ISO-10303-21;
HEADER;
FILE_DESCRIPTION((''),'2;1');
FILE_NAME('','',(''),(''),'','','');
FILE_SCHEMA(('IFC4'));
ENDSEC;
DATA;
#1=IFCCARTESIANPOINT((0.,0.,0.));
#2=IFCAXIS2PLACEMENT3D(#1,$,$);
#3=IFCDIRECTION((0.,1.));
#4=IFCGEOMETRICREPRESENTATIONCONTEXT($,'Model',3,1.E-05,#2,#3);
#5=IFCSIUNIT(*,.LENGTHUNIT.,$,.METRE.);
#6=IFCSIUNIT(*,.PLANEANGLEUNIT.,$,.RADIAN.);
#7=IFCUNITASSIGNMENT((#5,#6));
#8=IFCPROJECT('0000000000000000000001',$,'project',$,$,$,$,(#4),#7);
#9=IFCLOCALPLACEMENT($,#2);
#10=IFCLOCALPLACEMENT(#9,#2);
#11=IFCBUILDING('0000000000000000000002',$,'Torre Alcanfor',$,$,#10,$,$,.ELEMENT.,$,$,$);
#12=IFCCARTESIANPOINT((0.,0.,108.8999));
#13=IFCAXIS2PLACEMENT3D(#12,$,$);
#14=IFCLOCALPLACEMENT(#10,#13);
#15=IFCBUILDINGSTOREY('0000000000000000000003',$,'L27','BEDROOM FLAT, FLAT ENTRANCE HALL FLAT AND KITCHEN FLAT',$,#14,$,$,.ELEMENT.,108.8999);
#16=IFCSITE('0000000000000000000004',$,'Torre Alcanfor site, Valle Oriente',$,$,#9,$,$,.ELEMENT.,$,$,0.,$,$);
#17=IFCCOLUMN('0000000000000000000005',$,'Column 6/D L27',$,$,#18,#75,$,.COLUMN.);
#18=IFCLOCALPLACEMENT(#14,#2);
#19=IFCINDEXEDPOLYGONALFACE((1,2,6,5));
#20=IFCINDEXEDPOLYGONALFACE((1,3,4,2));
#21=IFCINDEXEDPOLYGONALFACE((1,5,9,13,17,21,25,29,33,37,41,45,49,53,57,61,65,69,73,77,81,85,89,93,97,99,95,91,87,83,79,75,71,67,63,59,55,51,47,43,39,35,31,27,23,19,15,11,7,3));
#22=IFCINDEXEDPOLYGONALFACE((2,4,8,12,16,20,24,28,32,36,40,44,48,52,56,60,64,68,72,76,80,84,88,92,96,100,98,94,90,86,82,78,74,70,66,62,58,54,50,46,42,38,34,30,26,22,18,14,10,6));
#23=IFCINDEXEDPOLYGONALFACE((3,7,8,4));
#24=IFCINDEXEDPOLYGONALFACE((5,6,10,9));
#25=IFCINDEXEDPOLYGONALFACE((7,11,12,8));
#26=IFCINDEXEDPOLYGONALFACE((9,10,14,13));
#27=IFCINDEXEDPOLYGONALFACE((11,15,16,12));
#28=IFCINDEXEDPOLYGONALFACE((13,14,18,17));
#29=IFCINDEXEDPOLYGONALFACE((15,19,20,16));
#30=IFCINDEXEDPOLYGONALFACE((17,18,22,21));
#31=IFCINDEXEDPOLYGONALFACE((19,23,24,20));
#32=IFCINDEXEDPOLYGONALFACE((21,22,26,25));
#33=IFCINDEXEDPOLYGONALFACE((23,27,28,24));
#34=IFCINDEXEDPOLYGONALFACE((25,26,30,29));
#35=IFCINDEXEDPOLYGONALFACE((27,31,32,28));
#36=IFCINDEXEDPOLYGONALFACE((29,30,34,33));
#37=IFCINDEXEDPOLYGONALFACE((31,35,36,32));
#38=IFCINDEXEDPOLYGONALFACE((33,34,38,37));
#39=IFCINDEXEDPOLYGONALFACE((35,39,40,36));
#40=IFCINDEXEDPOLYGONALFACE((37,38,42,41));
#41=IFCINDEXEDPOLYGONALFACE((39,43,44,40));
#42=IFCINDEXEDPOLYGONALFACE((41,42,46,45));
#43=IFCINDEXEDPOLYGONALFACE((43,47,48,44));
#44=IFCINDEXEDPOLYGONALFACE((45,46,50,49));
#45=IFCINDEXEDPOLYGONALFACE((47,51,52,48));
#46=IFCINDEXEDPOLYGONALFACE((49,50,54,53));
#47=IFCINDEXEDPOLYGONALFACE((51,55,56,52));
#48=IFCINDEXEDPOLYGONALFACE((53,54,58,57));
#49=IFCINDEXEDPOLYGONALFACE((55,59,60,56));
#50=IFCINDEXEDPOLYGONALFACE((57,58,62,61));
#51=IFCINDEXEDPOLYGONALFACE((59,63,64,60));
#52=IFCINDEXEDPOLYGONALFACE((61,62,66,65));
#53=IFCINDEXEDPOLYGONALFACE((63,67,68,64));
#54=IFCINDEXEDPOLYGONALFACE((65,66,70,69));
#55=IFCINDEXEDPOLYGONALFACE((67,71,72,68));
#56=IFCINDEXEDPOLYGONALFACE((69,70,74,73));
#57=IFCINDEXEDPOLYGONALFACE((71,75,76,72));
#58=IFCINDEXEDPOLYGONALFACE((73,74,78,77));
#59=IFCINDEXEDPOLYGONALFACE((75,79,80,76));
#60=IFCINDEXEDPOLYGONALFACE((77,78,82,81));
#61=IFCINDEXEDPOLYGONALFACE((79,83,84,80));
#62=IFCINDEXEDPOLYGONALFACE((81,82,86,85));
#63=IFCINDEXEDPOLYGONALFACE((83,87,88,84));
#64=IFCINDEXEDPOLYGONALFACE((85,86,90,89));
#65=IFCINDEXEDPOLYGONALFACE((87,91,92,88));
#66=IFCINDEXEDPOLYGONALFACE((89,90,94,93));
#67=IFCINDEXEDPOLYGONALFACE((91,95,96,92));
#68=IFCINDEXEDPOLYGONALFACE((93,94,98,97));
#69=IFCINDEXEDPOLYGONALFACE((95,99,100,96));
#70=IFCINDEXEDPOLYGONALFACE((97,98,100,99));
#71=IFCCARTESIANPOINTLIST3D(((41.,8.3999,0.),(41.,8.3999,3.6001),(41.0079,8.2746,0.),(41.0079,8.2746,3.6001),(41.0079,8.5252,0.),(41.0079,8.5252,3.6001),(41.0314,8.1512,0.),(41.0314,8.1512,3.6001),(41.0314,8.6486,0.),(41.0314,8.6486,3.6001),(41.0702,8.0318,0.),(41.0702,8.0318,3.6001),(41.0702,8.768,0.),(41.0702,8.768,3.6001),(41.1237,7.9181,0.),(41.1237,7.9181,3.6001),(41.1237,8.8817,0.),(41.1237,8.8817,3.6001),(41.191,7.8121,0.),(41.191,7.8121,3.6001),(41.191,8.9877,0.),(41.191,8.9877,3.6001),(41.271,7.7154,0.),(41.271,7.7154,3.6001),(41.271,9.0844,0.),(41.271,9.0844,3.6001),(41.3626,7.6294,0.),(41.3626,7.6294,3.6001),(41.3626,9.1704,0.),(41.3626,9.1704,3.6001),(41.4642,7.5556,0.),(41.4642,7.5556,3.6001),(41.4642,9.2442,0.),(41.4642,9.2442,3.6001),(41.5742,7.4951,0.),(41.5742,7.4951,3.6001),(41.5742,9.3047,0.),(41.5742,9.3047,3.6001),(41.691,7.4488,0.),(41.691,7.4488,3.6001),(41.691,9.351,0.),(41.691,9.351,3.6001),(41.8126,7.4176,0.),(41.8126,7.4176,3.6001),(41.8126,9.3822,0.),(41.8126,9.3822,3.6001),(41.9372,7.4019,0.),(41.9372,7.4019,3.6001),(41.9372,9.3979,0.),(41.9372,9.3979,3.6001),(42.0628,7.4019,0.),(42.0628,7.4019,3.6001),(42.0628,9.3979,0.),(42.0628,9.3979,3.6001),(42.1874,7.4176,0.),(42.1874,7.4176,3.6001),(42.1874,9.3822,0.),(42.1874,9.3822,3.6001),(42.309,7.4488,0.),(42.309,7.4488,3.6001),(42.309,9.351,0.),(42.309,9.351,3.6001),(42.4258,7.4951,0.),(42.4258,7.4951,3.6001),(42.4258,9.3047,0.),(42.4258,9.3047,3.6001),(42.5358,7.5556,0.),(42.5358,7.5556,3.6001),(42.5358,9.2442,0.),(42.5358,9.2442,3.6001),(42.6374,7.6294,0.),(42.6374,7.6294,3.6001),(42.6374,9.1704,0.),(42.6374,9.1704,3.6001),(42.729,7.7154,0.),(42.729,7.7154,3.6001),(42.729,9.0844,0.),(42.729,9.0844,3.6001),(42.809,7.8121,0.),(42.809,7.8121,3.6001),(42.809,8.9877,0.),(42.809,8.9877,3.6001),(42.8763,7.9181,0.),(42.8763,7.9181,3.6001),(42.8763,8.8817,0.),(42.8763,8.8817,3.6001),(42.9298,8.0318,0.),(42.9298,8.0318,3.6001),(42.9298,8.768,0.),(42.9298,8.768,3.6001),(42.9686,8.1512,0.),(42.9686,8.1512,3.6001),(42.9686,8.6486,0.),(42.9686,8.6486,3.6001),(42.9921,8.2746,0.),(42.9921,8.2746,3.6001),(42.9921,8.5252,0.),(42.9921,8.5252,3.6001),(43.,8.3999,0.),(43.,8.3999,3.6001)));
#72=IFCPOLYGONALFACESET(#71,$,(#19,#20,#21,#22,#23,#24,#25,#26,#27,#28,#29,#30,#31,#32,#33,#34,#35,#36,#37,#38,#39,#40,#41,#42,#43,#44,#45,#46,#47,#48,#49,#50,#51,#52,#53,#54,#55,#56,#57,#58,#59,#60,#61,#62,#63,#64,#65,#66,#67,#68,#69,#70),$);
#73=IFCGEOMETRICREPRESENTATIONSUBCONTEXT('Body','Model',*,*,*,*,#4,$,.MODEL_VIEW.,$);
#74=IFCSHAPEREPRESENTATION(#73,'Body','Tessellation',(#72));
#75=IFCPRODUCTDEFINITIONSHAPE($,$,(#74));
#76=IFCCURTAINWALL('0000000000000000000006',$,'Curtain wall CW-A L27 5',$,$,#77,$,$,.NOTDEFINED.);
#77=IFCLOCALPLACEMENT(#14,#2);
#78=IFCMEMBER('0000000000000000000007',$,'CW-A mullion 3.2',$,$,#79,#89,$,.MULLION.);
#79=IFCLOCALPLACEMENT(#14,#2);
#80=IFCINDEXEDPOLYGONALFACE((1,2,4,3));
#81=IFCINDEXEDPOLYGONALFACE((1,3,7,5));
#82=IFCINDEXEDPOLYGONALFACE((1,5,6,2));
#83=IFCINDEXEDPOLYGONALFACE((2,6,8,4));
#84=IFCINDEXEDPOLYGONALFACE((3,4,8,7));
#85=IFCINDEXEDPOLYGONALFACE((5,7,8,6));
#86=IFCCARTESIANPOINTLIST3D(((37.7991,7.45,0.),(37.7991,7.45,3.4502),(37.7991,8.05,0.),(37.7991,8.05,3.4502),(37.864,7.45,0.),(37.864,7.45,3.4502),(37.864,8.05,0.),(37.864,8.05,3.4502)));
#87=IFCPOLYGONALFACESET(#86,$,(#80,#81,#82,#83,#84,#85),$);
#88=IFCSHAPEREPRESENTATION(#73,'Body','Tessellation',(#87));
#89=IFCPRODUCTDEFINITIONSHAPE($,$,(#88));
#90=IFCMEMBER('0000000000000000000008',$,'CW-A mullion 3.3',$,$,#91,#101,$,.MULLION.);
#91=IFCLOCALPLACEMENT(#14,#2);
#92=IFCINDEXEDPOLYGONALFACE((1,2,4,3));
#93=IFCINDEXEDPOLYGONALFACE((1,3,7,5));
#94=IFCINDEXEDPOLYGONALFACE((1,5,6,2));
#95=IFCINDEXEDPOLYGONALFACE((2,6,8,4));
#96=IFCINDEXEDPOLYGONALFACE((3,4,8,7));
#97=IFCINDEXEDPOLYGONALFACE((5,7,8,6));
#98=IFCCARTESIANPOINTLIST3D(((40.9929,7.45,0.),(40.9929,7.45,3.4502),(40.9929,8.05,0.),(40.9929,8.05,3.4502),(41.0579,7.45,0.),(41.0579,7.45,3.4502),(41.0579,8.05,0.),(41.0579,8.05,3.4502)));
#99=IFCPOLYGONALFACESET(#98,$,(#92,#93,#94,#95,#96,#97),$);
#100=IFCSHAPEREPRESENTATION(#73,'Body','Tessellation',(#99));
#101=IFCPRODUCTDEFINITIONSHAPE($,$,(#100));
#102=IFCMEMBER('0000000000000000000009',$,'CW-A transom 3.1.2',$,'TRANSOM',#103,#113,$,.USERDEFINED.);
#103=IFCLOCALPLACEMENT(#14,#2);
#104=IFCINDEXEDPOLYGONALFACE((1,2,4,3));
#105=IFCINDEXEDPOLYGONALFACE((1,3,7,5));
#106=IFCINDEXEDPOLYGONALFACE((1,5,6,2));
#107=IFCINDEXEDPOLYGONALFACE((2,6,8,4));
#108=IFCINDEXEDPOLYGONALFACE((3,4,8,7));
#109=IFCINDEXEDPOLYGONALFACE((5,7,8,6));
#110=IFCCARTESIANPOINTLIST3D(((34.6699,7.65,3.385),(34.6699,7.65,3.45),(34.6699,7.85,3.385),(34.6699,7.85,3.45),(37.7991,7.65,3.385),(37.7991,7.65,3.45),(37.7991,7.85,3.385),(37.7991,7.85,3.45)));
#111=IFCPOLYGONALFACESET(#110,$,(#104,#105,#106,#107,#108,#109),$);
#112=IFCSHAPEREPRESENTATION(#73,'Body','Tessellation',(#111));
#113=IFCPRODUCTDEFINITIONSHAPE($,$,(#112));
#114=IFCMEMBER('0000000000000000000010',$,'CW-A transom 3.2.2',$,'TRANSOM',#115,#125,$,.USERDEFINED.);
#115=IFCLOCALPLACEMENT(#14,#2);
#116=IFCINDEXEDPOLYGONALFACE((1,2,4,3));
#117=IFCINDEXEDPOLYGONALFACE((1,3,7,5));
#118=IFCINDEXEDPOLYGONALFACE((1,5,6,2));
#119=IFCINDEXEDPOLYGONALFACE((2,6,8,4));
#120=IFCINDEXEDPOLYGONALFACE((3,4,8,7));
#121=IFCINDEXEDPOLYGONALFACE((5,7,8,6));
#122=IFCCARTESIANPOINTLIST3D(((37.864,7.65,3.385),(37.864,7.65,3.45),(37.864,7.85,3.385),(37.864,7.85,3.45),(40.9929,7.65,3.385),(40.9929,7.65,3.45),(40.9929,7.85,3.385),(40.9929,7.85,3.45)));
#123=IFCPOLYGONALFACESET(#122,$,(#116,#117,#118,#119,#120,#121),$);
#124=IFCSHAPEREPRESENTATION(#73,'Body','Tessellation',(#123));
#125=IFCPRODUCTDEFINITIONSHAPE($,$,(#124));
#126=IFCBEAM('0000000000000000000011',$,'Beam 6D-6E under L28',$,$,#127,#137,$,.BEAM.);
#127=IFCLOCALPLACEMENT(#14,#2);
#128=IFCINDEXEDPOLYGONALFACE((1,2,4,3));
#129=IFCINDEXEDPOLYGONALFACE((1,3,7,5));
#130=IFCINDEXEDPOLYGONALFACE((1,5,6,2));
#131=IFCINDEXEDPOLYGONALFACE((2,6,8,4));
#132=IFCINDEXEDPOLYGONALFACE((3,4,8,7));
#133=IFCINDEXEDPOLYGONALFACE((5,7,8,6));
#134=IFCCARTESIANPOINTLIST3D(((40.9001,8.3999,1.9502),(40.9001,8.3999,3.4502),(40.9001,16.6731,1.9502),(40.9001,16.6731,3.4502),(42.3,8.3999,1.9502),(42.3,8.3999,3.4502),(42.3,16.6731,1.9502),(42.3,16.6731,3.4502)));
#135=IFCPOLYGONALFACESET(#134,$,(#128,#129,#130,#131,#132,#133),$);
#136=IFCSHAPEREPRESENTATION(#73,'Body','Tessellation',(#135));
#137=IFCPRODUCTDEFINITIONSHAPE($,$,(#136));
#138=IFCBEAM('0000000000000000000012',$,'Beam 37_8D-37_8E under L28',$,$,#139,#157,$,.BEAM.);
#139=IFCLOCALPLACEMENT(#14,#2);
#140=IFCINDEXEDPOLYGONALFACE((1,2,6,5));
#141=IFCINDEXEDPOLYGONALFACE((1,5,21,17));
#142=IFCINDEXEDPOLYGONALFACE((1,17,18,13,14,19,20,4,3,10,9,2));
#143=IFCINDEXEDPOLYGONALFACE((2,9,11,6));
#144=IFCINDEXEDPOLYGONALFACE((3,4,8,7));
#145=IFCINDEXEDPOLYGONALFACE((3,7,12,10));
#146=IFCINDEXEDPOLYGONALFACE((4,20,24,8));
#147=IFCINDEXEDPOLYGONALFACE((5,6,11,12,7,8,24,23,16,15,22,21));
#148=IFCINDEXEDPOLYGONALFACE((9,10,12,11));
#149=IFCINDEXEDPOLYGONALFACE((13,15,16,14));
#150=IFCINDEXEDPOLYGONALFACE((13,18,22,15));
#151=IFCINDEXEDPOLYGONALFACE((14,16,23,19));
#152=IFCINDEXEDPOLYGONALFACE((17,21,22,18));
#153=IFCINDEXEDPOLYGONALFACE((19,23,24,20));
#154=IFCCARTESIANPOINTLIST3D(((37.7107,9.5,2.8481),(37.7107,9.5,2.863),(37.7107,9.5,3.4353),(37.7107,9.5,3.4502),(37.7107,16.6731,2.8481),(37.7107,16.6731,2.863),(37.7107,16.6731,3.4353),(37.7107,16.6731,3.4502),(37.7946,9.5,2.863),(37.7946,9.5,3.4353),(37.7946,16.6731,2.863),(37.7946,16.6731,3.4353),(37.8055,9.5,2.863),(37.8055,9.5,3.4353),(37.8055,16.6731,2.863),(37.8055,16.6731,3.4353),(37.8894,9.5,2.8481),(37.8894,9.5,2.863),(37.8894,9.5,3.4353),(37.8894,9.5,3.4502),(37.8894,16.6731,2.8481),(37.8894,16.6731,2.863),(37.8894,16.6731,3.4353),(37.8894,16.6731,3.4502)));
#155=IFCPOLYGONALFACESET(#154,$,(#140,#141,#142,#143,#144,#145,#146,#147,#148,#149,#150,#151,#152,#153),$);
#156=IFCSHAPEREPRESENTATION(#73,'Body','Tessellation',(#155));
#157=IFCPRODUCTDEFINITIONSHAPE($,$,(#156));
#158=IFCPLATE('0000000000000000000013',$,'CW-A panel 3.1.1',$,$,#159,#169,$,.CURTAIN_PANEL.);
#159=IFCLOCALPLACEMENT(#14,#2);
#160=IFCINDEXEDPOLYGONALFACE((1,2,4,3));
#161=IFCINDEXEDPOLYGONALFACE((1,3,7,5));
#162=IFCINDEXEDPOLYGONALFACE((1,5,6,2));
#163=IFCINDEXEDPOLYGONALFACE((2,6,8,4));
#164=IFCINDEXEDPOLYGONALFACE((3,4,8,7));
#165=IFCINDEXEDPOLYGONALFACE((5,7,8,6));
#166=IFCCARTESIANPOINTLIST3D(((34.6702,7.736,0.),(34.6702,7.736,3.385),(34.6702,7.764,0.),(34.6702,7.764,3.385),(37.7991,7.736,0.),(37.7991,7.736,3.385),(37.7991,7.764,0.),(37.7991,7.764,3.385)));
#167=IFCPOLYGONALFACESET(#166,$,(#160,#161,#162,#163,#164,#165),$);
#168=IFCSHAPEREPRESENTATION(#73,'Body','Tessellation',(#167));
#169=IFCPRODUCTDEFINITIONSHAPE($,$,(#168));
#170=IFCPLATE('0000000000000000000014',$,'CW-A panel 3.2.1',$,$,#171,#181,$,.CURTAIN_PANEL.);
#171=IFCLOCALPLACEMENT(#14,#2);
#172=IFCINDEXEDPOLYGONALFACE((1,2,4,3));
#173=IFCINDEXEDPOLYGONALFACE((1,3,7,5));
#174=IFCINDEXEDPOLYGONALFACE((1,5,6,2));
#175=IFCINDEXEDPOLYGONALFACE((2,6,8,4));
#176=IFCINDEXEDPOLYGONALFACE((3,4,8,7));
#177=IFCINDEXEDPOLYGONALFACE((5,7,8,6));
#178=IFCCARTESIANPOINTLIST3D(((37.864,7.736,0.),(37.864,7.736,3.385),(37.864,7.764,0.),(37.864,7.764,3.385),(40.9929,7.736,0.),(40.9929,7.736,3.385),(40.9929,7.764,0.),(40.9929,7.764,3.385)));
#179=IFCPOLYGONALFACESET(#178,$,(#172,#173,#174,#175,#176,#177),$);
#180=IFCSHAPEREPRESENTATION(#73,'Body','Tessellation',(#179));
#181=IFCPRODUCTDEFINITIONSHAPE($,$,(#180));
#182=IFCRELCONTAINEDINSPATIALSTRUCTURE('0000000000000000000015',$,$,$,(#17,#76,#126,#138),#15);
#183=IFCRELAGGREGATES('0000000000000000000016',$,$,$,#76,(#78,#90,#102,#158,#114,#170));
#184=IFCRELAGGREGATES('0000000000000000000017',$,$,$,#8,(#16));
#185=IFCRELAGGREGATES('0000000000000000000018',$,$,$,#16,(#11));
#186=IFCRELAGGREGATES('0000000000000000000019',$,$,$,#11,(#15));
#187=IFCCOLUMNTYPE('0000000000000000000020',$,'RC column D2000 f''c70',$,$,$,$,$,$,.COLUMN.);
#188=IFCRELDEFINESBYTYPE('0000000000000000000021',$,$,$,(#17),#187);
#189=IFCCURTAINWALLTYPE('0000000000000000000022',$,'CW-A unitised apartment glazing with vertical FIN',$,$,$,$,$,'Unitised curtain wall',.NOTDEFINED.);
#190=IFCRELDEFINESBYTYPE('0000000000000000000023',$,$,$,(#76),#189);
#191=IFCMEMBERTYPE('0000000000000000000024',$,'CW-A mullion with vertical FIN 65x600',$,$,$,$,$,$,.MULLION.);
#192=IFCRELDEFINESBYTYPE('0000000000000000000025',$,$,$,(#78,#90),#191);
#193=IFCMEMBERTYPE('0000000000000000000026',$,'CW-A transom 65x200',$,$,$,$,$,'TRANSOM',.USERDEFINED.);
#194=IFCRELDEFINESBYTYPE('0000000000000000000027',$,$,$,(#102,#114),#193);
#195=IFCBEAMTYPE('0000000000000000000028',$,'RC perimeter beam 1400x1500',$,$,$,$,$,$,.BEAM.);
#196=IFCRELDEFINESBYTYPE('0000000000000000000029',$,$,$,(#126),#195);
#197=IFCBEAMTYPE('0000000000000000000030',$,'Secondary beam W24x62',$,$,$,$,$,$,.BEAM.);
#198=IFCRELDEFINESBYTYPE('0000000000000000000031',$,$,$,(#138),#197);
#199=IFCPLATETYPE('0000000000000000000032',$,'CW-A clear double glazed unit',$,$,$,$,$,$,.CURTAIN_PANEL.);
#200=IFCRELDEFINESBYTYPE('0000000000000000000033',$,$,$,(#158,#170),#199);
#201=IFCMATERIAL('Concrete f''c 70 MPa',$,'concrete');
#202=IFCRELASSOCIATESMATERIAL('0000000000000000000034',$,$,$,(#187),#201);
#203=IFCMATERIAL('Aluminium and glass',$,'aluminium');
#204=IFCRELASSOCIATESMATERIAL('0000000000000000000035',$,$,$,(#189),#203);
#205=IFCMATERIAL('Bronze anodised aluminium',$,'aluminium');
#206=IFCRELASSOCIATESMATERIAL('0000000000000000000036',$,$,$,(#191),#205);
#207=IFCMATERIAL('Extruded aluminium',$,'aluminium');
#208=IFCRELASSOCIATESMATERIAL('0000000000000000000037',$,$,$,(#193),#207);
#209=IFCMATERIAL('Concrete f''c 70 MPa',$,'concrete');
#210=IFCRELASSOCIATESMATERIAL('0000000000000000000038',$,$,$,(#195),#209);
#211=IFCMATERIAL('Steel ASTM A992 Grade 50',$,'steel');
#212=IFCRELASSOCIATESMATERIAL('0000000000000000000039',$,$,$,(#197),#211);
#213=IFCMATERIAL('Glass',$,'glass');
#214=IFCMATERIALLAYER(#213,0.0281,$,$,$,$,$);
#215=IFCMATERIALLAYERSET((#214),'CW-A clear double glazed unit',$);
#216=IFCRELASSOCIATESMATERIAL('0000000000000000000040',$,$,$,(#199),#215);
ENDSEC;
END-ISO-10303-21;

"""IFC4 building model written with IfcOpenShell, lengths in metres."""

from ifc_helpers import new_model, si_unit, direction, frame, origin, origin_2d, place, context, subcontext, project, spatial, rectangle, circle, i_section, extrude, material, layer, layer_set, material_profile, profile_set, type_object, element, aggregate, save


model = new_model("IFC4")

# Units and contexts
model_context = context("Model", 3, precision=1e-05, world=origin(), true_north=direction((0.0, 1.0)))
body_context = subcontext(model_context, "Body", "Model", "MODEL_VIEW")
ifc_project = project(units=[si_unit("LENGTHUNIT", "METRE"), si_unit("PLANEANGLEUNIT", "RADIAN")], contexts=[model_context])

# Site, building, storey
site_placement = place(None, origin())
site = spatial("IfcSite", under=ifc_project, at=site_placement, Name="Torre Alcanfor site, Valle Oriente", CompositionType="ELEMENT", RefElevation=0.0)
building_placement = place(site_placement, origin())
building = spatial("IfcBuilding", under=site, at=building_placement, Name="Torre Alcanfor", CompositionType="ELEMENT")
storey_placement = place(building_placement, frame((0.0, 0.0, 108.8999)))
storey = spatial("IfcBuildingStorey", under=building, at=storey_placement, Name="L27", Description="BEDROOM FLAT, FLAT ENTRANCE HALL FLAT AND KITCHEN FLAT", CompositionType="ELEMENT", Elevation=108.8999)

# Column
ifc_material_1 = material(Name="Concrete f'c 70 MPa", Category="concrete")
ifc_material_profile_1 = material_profile(ifc_material_1, circle(Radius=1.0, at=origin_2d()), Name="D2000")
ifc_profile_set_1 = profile_set([ifc_material_profile_1], Name="Concrete f'c 70 MPa")
column_type = type_object("IfcColumnType", Name="RC column D2000 f'c70", PredefinedType="COLUMN", material=ifc_profile_set_1)
column_placement = place(storey_placement, frame((42.0, 8.3999, 0.0), z_axis=(0.0, 0.0, 1.0), x_axis=(1.0, 0.0, 0.0)))
element("IfcColumn", 1, at=column_placement, inside=storey, type_object=column_type, Name="Column 6/D L27", PredefinedType="COLUMN", context=body_context, shape_type="SweptSolid", body=[
    extrude(circle(Radius=1.0, at=origin_2d()), origin(), (0.0, 0.0, 1.0), 3.6001),
])

# Curtain wall, members
ifc_material_2 = material(Name="Aluminium and glass", Category="aluminium")
curtain_wall_type = type_object("IfcCurtainWallType", Name="CW-A unitised apartment glazing with vertical FIN", ElementType="Unitised curtain wall", PredefinedType="NOTDEFINED", material=ifc_material_2)
curtain_wall_placement = place(storey_placement, origin())
curtain_wall = element("IfcCurtainWall", 2, at=curtain_wall_placement, inside=storey, type_object=curtain_wall_type, Name="Curtain wall CW-A L27 5", PredefinedType="NOTDEFINED")
ifc_material_3 = material(Name="Bronze anodised aluminium", Category="aluminium")
ifc_material_profile_2 = material_profile(ifc_material_3, rectangle(XDim=0.6001, YDim=0.0649, at=origin_2d()), Name="CW-A mullion 65x600")
ifc_profile_set_2 = profile_set([ifc_material_profile_2], Name="Bronze anodised aluminium")
member_type_1 = type_object("IfcMemberType", Name="CW-A mullion with vertical FIN 65x600", PredefinedType="MULLION", material=ifc_profile_set_2)
member_1_placement = place(storey_placement, frame((37.8315, 7.75, 0.0), z_axis=(0.0, 0.0, 1.0), x_axis=(0.0, 1.0, 0.0)))
member_1 = element("IfcMember", 3, at=member_1_placement, type_object=member_type_1, Name="CW-A mullion 3.2", PredefinedType="MULLION", context=body_context, shape_type="SweptSolid", body=[
    extrude(rectangle(XDim=0.6001, YDim=0.0649, at=origin_2d()), origin(), (0.0, 0.0, 1.0), 3.4502),
])
member_2_placement = place(storey_placement, frame((41.0254, 7.75, 0.0), z_axis=(0.0, 0.0, 1.0), x_axis=(0.0, 1.0, 0.0)))
member_2 = element("IfcMember", 4, at=member_2_placement, type_object=member_type_1, Name="CW-A mullion 3.3", PredefinedType="MULLION", context=body_context, shape_type="SweptSolid", body=[
    extrude(rectangle(XDim=0.6001, YDim=0.0649, at=origin_2d()), origin(), (0.0, 0.0, 1.0), 3.4502),
])
ifc_material_4 = material(Name="Extruded aluminium", Category="aluminium")
ifc_material_profile_3 = material_profile(ifc_material_4, rectangle(XDim=0.2, YDim=0.0649, at=origin_2d()), Name="CW-A transom 200x65")
ifc_profile_set_3 = profile_set([ifc_material_profile_3], Name="Extruded aluminium")
member_type_2 = type_object("IfcMemberType", Name="CW-A transom 65x200", ElementType="TRANSOM", PredefinedType="USERDEFINED", material=ifc_profile_set_3)
member_3_placement = place(storey_placement, frame((34.6699, 7.75, 3.4175), z_axis=(1.0, 0.0, 0.0), x_axis=(0.0, 1.0, 0.0)))
member_3 = element("IfcMember", 5, at=member_3_placement, type_object=member_type_2, Name="CW-A transom 3.1.2", ObjectType="TRANSOM", PredefinedType="USERDEFINED", context=body_context, shape_type="SweptSolid", body=[
    extrude(rectangle(XDim=0.2, YDim=0.0649, at=origin_2d()), origin(), (0.0, 0.0, 1.0), 3.1292),
])
member_4_placement = place(storey_placement, frame((37.864, 7.75, 3.4175), z_axis=(1.0, 0.0, 0.0), x_axis=(0.0, 1.0, 0.0)))
member_4 = element("IfcMember", 6, at=member_4_placement, type_object=member_type_2, Name="CW-A transom 3.2.2", ObjectType="TRANSOM", PredefinedType="USERDEFINED", context=body_context, shape_type="SweptSolid", body=[
    extrude(rectangle(XDim=0.2, YDim=0.0649, at=origin_2d()), origin(), (0.0, 0.0, 1.0), 3.1289),
])

# Beams
ifc_material_5 = material(Name="Concrete f'c 70 MPa", Category="concrete")
ifc_material_profile_4 = material_profile(ifc_material_5, rectangle(XDim=1.3999, YDim=1.5, at=origin_2d()), Name="1400x1500")
ifc_profile_set_4 = profile_set([ifc_material_profile_4], Name="Concrete f'c 70 MPa")
beam_type_1 = type_object("IfcBeamType", Name="RC perimeter beam 1400x1500", PredefinedType="BEAM", material=ifc_profile_set_4)
beam_1_placement = place(storey_placement, frame((41.6001, 8.3999, 2.7002), z_axis=(0.0, 1.0, 0.0), x_axis=(-1.0, 0.0, 0.0)))
element("IfcBeam", 7, at=beam_1_placement, inside=storey, type_object=beam_type_1, Name="Beam 6D-6E under L28", PredefinedType="BEAM", context=body_context, shape_type="SweptSolid", body=[
    extrude(rectangle(XDim=1.3999, YDim=1.5, at=origin_2d()), origin(), (0.0, 0.0, 1.0), 8.2732),
])
ifc_material_6 = material(Name="Steel ASTM A992 Grade 50", Category="steel")
ifc_material_profile_5 = material_profile(ifc_material_6, i_section(OverallWidth=0.1787, OverallDepth=0.6021, WebThickness=0.011, FlangeThickness=0.0149, at=origin_2d()), Name="W24x62")
ifc_profile_set_5 = profile_set([ifc_material_profile_5], Name="Steel ASTM A992 Grade 50")
beam_type_2 = type_object("IfcBeamType", Name="Secondary beam W24x62", PredefinedType="BEAM", material=ifc_profile_set_5)
beam_2_placement = place(storey_placement, frame((37.8, 9.5, 3.1492), z_axis=(0.0, 1.0, 0.0), x_axis=(-1.0, 0.0, 0.0)))
element("IfcBeam", 8, at=beam_2_placement, inside=storey, type_object=beam_type_2, Name="Beam 37_8D-37_8E under L28", PredefinedType="BEAM", context=body_context, shape_type="SweptSolid", body=[
    extrude(i_section(OverallWidth=0.1787, OverallDepth=0.6021, WebThickness=0.011, FlangeThickness=0.0149, at=origin_2d()), origin(), (0.0, 0.0, 1.0), 7.1731),
])

# Plates
ifc_material_7 = material(Name="Glass", Category="glass")
ifc_layer_1 = layer(ifc_material_7, 0.0281)
ifc_layer_set_1 = layer_set([ifc_layer_1], Name="CW-A clear double glazed unit")
plate_type = type_object("IfcPlateType", Name="CW-A clear double glazed unit", PredefinedType="CURTAIN_PANEL", material=ifc_layer_set_1)
plate_1_placement = place(storey_placement, frame((36.2346, 7.75, 0.0), z_axis=(0.0, 0.0, 1.0), x_axis=(1.0, 0.0, 0.0)))
plate_1 = element("IfcPlate", 9, at=plate_1_placement, type_object=plate_type, Name="CW-A panel 3.1.1", PredefinedType="CURTAIN_PANEL", context=body_context, shape_type="SweptSolid", body=[
    extrude(rectangle(XDim=3.1289, YDim=0.0281, at=origin_2d()), origin(), (0.0, 0.0, 1.0), 3.385),
])
plate_2_placement = place(storey_placement, frame((39.4285, 7.75, 0.0), z_axis=(0.0, 0.0, 1.0), x_axis=(1.0, 0.0, 0.0)))
plate_2 = element("IfcPlate", 10, at=plate_2_placement, type_object=plate_type, Name="CW-A panel 3.2.1", PredefinedType="CURTAIN_PANEL", context=body_context, shape_type="SweptSolid", body=[
    extrude(rectangle(XDim=3.1289, YDim=0.0281, at=origin_2d()), origin(), (0.0, 0.0, 1.0), 3.385),
])
aggregate(curtain_wall, [member_1, member_2, member_3, plate_1, member_4, plate_2])

save(model, "model.ifc")
